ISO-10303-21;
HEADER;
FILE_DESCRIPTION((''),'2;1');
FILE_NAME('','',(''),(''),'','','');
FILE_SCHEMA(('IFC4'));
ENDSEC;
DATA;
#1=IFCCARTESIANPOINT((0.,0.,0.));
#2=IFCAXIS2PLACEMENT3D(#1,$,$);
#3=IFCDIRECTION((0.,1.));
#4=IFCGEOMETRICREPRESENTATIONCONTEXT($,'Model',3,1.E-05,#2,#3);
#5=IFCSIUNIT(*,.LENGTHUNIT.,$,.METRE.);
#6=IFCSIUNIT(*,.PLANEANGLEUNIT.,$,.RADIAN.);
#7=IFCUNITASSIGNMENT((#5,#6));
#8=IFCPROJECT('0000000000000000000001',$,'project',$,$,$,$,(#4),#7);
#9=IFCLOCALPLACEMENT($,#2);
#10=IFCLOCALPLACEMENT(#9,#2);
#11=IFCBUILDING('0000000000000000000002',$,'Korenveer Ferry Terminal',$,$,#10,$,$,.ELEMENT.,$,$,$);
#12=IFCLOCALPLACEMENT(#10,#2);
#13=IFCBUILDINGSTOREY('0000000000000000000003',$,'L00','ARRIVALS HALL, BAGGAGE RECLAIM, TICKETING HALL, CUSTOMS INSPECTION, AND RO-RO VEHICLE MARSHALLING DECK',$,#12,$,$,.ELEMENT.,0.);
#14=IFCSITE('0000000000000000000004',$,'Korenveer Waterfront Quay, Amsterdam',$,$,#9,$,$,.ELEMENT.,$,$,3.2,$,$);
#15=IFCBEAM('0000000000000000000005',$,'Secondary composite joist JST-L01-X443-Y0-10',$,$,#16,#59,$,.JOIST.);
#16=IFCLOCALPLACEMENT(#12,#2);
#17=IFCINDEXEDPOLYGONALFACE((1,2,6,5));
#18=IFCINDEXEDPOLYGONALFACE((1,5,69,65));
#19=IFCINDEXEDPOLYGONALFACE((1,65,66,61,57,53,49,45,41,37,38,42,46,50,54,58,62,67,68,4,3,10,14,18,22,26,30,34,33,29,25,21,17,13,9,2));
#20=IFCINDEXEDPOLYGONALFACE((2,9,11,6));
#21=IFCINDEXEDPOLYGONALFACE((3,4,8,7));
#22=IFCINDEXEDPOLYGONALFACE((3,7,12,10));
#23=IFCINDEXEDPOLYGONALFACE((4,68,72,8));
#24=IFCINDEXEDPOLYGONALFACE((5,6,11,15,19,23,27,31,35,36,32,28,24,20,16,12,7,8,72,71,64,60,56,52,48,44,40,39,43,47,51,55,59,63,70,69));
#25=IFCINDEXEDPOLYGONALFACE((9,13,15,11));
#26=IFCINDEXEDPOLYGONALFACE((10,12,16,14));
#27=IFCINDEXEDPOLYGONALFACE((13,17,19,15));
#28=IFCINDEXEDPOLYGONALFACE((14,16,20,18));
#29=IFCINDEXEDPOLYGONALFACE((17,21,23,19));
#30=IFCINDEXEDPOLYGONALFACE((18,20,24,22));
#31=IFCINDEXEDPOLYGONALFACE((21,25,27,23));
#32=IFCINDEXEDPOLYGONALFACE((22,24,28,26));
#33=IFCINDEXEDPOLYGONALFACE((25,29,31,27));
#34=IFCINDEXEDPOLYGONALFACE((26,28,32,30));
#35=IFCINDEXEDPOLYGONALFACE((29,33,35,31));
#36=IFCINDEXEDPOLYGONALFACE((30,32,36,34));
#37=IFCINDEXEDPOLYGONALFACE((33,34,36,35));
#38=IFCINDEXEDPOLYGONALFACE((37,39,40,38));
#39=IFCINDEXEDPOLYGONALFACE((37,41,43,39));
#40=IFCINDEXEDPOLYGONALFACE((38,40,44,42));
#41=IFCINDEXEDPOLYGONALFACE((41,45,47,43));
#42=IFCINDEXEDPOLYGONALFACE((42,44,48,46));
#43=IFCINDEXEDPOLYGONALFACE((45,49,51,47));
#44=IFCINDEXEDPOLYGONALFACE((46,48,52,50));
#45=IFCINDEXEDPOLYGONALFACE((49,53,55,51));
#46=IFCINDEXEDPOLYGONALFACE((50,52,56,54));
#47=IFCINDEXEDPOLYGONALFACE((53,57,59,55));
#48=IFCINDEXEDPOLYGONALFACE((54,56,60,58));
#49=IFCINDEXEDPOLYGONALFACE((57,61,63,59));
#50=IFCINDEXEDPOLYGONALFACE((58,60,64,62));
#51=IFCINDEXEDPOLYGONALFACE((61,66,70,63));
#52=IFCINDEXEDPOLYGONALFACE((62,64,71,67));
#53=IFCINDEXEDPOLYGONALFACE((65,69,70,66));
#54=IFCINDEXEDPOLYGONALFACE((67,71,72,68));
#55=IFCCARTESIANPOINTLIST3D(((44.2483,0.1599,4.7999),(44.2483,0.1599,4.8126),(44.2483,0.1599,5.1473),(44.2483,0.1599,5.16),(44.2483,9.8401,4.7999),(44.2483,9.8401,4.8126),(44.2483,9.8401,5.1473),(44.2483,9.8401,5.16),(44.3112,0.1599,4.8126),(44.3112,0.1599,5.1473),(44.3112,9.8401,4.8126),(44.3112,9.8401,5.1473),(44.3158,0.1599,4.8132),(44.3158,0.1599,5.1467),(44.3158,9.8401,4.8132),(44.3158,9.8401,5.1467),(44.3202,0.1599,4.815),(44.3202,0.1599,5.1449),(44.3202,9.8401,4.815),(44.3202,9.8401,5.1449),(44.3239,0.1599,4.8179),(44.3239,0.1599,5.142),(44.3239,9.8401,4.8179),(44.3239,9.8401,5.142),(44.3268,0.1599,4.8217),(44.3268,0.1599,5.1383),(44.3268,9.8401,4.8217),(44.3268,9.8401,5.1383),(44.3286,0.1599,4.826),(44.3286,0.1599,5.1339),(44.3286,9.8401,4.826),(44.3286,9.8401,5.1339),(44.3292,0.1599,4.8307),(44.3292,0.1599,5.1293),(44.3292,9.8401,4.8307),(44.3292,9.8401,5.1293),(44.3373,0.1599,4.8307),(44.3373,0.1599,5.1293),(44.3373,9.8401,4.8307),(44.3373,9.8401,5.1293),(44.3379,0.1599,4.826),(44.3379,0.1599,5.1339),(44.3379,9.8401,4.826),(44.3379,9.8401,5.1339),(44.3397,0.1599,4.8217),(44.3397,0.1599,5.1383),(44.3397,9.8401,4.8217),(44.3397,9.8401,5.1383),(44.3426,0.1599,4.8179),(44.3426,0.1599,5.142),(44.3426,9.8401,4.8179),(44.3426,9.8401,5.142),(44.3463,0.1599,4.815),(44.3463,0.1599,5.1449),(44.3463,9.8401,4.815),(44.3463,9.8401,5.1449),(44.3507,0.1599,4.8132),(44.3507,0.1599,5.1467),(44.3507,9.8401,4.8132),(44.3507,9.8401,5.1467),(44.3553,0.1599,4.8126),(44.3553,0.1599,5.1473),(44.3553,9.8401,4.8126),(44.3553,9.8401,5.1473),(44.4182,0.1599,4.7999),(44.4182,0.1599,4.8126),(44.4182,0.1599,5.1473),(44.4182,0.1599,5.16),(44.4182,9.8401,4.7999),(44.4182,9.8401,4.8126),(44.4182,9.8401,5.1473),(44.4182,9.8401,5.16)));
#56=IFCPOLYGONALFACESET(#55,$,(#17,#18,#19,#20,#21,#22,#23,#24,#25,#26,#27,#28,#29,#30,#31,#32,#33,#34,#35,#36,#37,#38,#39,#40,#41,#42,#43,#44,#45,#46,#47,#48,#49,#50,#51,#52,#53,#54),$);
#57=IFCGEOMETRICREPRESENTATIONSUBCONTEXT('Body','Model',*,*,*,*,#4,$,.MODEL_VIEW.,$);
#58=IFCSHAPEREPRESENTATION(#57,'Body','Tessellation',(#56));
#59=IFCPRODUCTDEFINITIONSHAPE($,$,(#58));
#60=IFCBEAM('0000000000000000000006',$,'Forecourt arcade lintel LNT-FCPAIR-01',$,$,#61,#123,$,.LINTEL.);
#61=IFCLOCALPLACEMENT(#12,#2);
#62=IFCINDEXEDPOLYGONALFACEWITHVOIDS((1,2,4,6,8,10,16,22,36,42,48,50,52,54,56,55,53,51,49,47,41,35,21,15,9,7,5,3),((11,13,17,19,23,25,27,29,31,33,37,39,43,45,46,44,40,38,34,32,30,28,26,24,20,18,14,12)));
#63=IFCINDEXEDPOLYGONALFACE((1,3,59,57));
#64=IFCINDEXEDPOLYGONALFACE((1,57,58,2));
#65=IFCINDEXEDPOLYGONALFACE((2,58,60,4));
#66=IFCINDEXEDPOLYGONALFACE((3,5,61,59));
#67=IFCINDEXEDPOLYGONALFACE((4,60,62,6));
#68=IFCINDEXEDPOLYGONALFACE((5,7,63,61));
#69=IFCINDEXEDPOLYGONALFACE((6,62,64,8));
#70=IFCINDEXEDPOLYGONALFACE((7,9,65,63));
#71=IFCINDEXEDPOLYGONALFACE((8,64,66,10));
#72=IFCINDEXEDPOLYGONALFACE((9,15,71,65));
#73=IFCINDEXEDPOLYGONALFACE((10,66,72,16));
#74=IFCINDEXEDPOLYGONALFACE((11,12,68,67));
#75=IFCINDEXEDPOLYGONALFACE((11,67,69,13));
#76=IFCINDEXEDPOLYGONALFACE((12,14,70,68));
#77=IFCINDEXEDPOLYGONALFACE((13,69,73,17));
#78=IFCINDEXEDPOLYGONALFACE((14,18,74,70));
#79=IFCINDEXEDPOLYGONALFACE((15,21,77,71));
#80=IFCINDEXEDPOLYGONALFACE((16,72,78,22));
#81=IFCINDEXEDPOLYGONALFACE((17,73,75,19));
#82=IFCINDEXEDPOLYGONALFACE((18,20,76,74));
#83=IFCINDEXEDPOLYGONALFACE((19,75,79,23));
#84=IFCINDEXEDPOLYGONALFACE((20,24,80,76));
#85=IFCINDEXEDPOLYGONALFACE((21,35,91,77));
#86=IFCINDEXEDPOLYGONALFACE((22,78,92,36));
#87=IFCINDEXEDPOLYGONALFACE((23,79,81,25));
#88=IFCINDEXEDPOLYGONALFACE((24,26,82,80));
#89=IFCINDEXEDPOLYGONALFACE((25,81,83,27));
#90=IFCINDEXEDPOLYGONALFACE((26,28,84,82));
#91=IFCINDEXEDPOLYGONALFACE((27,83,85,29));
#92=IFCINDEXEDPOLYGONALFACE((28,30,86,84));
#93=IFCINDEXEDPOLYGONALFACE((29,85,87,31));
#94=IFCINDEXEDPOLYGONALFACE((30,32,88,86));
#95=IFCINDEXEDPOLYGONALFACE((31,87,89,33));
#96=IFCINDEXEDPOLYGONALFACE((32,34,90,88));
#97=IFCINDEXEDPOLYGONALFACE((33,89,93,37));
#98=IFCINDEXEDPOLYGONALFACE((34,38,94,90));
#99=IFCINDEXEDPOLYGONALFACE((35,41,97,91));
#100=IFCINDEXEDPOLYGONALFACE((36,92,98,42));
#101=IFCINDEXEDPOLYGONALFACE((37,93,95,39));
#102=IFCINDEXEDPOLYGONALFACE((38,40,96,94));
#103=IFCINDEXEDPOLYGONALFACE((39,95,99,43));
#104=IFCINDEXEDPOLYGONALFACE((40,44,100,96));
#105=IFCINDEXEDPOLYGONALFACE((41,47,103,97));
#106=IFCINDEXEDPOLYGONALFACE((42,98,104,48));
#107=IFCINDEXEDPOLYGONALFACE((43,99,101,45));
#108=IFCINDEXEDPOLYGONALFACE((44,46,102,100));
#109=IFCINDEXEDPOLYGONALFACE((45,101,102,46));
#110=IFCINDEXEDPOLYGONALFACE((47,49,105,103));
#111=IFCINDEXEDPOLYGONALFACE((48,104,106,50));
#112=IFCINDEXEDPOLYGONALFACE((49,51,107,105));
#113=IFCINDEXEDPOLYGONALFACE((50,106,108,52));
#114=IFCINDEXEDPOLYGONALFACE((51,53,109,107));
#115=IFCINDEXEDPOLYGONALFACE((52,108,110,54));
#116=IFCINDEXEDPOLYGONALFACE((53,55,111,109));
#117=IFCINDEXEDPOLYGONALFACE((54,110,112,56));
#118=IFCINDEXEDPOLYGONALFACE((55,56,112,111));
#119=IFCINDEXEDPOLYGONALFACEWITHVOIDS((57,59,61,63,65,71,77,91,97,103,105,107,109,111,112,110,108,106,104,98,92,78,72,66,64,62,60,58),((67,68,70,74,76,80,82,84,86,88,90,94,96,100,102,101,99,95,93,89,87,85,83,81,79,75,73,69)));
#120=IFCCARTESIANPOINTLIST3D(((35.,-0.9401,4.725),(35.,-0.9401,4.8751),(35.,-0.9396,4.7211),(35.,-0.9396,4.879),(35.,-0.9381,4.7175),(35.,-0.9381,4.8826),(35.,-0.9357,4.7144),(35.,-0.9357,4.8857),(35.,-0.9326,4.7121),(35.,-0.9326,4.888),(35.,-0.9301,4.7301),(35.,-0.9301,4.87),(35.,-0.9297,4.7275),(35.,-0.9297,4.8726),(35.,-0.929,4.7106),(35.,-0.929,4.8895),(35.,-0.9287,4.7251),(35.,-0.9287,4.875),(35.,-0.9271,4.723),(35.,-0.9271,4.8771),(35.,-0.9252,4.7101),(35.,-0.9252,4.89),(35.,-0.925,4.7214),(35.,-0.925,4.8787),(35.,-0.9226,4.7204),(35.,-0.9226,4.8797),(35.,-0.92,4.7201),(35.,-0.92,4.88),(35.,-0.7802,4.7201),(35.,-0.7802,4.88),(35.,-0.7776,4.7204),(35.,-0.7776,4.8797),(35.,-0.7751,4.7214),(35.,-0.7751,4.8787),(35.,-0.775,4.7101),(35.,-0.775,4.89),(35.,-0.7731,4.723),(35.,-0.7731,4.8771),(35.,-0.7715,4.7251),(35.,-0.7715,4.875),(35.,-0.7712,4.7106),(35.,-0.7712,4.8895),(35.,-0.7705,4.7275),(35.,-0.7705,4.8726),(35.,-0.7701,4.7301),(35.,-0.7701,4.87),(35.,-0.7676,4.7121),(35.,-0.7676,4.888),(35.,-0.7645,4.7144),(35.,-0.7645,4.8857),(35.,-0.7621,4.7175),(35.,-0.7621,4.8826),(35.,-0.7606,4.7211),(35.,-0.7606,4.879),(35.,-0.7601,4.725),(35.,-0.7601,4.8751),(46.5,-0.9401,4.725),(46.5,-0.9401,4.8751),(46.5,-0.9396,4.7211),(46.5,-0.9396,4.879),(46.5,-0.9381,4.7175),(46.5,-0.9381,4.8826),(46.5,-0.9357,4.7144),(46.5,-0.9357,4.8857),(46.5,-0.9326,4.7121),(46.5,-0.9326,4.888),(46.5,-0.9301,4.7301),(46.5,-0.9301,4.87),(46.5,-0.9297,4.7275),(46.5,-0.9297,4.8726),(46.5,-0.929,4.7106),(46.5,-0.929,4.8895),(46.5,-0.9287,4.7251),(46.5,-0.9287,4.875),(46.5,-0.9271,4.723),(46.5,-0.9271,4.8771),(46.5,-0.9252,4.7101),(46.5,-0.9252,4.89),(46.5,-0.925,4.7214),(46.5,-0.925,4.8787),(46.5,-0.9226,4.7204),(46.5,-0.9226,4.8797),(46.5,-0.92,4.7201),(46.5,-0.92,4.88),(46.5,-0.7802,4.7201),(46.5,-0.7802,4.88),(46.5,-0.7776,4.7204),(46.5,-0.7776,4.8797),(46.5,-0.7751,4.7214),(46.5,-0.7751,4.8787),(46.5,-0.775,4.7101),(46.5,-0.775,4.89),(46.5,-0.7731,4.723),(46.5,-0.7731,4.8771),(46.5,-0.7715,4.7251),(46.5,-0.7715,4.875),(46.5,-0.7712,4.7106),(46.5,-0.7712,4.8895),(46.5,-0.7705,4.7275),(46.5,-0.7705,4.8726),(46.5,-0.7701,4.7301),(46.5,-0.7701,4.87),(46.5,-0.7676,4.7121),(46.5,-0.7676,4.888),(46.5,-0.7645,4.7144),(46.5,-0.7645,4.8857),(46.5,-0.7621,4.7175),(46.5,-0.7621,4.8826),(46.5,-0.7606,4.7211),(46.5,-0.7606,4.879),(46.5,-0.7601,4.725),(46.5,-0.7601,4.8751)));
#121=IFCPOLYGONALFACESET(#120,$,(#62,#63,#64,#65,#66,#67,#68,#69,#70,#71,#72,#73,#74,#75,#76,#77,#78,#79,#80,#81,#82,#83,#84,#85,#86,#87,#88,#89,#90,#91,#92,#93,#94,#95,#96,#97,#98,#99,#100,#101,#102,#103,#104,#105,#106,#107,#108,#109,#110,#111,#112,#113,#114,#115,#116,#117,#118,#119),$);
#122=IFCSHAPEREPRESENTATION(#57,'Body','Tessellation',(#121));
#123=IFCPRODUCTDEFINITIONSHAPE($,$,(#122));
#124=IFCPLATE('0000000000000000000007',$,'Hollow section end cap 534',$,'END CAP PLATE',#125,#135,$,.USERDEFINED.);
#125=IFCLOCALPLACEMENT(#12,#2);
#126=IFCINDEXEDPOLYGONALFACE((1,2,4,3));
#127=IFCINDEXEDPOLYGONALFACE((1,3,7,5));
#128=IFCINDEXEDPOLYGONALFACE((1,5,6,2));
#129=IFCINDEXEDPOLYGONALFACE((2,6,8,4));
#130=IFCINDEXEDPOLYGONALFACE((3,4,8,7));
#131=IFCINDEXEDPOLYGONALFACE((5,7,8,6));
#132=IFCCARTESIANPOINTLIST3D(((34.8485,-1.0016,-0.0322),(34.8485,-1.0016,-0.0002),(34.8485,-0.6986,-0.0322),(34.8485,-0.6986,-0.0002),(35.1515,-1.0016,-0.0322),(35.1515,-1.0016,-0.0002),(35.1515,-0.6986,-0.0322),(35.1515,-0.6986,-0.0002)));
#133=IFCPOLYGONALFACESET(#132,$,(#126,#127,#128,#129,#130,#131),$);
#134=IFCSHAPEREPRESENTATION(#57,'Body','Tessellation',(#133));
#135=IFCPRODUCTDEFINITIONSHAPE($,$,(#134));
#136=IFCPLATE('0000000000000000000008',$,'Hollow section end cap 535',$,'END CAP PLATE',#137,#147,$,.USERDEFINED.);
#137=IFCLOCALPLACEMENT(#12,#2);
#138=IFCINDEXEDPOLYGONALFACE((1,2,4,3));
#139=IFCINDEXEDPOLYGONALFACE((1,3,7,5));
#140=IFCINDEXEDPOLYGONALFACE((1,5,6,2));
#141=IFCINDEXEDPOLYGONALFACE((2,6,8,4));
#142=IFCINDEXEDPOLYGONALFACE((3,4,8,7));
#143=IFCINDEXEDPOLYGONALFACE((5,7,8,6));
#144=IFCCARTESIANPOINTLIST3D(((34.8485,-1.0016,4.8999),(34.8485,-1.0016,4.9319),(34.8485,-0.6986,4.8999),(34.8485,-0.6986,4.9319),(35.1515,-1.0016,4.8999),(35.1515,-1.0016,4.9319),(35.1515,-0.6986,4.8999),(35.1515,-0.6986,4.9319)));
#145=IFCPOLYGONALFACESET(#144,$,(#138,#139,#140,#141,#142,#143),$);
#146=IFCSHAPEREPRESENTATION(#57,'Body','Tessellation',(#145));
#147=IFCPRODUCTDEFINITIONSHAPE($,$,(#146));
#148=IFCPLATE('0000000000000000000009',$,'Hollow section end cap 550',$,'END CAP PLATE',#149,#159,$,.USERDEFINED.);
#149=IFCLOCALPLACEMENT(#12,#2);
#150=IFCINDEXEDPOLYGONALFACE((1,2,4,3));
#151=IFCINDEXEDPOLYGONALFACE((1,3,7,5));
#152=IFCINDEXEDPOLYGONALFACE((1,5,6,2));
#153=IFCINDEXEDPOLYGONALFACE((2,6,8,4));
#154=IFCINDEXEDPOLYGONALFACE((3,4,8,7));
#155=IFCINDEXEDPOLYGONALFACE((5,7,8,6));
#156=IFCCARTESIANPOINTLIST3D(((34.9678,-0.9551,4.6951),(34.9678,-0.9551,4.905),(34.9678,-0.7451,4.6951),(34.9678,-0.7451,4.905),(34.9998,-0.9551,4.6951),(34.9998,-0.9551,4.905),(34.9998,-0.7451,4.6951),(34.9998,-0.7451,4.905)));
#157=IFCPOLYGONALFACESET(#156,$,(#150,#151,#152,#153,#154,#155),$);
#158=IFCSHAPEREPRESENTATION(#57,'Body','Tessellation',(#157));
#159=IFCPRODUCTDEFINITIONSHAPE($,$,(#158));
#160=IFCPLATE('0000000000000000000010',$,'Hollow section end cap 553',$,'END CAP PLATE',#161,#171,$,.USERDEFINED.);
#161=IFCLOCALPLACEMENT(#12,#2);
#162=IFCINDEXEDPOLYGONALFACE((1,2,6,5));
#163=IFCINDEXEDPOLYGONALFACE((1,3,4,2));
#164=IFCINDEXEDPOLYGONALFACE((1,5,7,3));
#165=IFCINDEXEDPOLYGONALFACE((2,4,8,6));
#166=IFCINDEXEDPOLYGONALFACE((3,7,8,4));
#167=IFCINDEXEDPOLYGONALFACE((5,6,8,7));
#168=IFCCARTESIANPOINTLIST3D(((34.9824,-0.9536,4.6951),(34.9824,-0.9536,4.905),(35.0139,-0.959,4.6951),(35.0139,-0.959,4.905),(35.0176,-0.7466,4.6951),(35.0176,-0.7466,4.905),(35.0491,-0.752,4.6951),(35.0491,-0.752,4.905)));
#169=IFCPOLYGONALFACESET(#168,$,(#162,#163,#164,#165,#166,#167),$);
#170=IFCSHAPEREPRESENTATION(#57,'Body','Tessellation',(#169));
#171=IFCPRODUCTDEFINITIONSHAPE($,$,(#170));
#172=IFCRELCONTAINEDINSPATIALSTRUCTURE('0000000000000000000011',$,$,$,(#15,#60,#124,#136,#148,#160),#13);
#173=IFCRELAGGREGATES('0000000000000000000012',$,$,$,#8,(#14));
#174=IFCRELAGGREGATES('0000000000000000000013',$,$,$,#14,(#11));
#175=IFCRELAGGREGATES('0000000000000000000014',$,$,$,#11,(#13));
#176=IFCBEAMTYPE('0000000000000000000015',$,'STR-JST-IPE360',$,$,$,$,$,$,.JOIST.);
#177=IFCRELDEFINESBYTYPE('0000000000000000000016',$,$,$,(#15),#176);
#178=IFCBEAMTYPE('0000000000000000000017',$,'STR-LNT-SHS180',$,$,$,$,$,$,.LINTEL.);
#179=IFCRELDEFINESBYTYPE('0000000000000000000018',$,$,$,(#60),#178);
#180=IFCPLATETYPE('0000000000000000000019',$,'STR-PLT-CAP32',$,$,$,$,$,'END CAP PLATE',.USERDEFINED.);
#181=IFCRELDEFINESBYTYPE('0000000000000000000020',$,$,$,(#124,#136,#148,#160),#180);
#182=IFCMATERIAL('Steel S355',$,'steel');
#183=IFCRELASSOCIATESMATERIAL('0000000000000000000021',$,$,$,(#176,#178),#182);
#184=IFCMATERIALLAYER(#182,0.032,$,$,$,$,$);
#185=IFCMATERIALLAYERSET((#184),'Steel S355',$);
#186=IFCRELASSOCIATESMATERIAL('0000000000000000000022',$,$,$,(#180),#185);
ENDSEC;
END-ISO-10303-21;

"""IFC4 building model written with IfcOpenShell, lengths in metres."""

from ifc_helpers import new_model, si_unit, direction, frame, origin, origin_2d, place, context, subcontext, project, spatial, rectangle, hollow_rectangle, i_section, extrude, material, layer, layer_set, material_profile, profile_set, type_object, element, save


model = new_model("IFC4")

# Units and contexts
model_context = context("Model", 3, precision=1e-05, world=origin(), true_north=direction((0.0, 1.0)))
body_context = subcontext(model_context, "Body", "Model", "MODEL_VIEW")
ifc_project = project(units=[si_unit("LENGTHUNIT", "METRE"), si_unit("PLANEANGLEUNIT", "RADIAN")], contexts=[model_context])

# Site, building, storey
site_placement = place(None, origin())
site = spatial("IfcSite", under=ifc_project, at=site_placement, Name="Korenveer Waterfront Quay, Amsterdam", CompositionType="ELEMENT", RefElevation=3.2)
building_placement = place(site_placement, origin())
building = spatial("IfcBuilding", under=site, at=building_placement, Name="Korenveer Ferry Terminal", CompositionType="ELEMENT")
storey_placement = place(building_placement, origin())
storey = spatial("IfcBuildingStorey", under=building, at=storey_placement, Name="L00", Description="ARRIVALS HALL, BAGGAGE RECLAIM, TICKETING HALL, CUSTOMS INSPECTION, AND RO-RO VEHICLE MARSHALLING DECK", CompositionType="ELEMENT", Elevation=0.0)

# Shared definitions
ifc_material_1 = material(Name="Steel S355", Category="steel")

# Beams
ifc_material_profile_1 = material_profile(ifc_material_1, i_section(OverallWidth=0.1699, OverallDepth=0.3601, WebThickness=0.0081, FlangeThickness=0.0127, FilletRadius=0.0181, at=origin_2d()), Name="IPE 360")
ifc_profile_set_1 = profile_set([ifc_material_profile_1], Name="Steel S355")
beam_type_1 = type_object("IfcBeamType", Name="STR-JST-IPE360", PredefinedType="JOIST", material=ifc_profile_set_1)
beam_1_placement = place(storey_placement, frame((44.3333, 0.1599, 4.98), z_axis=(0.0, 1.0, 0.0), x_axis=(-1.0, 0.0, 0.0)))
element("IfcBeam", 1, at=beam_1_placement, inside=storey, type_object=beam_type_1, Name="Secondary composite joist JST-L01-X443-Y0-10", PredefinedType="JOIST", context=body_context, shape_type="SweptSolid", body=[
    extrude(i_section(OverallWidth=0.1699, OverallDepth=0.3601, WebThickness=0.0081, FlangeThickness=0.0127, FilletRadius=0.0181, at=origin_2d()), origin(), (0.0, 0.0, 1.0), 9.6802),
])
ifc_material_profile_2 = material_profile(ifc_material_1, hollow_rectangle(XDim=0.1799, YDim=0.1799, WallThickness=0.01, InnerFilletRadius=0.01, OuterFilletRadius=0.0149, at=origin_2d()), Name="SHS 180x180x10")
ifc_profile_set_2 = profile_set([ifc_material_profile_2], Name="Steel S355")
beam_type_2 = type_object("IfcBeamType", Name="STR-LNT-SHS180", PredefinedType="LINTEL", material=ifc_profile_set_2)
beam_2_placement = place(storey_placement, frame((35.0, -0.8501, 4.8), z_axis=(1.0, 0.0, 0.0), x_axis=(0.0, 1.0, 0.0)))
element("IfcBeam", 2, at=beam_2_placement, inside=storey, type_object=beam_type_2, Name="Forecourt arcade lintel LNT-FCPAIR-01", PredefinedType="LINTEL", context=body_context, shape_type="SweptSolid", body=[
    extrude(hollow_rectangle(XDim=0.1799, YDim=0.1799, WallThickness=0.01, InnerFilletRadius=0.01, OuterFilletRadius=0.0149, at=origin_2d()), origin(), (0.0, 0.0, 1.0), 11.5),
])

# Plates
ifc_layer_1 = layer(ifc_material_1, 0.032)
ifc_layer_set_1 = layer_set([ifc_layer_1], Name="Steel S355")
plate_type = type_object("IfcPlateType", Name="STR-PLT-CAP32", ElementType="END CAP PLATE", PredefinedType="USERDEFINED", material=ifc_layer_set_1)
for number, where, z_axis, x_axis, name in (
    (3, (35.0, -0.8501, -0.0322), (0.0, 0.0, 1.0), (1.0, 0.0, 0.0), "Hollow section end cap 534"),
    (4, (35.0, -0.8501, 4.8999), (0.0, 0.0, 1.0), (1.0, 0.0, 0.0), "Hollow section end cap 535"),
):
    element("IfcPlate", number, at=place(storey_placement, frame(where, z_axis=z_axis, x_axis=x_axis)), inside=storey, type_object=plate_type, Name=name, ObjectType="END CAP PLATE", PredefinedType="USERDEFINED", context=body_context, shape_type="SweptSolid", body=[
        extrude(rectangle(XDim=0.303, YDim=0.303, at=origin_2d()), origin(), (0.0, 0.0, 1.0), 0.032),
    ])
for number, where, z_axis, x_axis, name in (
    (5, (34.9678, -0.8501, 4.8), (1.0, 0.0, 0.0), (0.0, 1.0, 0.0), "Hollow section end cap 550"),
    (6, (35.0, -0.8501, 4.8), (0.985856, -0.167595, 0.0), (0.167595, 0.985856, 0.0), "Hollow section end cap 553"),
):
    element("IfcPlate", number, at=place(storey_placement, frame(where, z_axis=z_axis, x_axis=x_axis)), inside=storey, type_object=plate_type, Name=name, ObjectType="END CAP PLATE", PredefinedType="USERDEFINED", context=body_context, shape_type="SweptSolid", body=[
        extrude(rectangle(XDim=0.21, YDim=0.21, at=origin_2d()), origin(), (0.0, 0.0, 1.0), 0.032),
    ])

save(model, "model.ifc")
